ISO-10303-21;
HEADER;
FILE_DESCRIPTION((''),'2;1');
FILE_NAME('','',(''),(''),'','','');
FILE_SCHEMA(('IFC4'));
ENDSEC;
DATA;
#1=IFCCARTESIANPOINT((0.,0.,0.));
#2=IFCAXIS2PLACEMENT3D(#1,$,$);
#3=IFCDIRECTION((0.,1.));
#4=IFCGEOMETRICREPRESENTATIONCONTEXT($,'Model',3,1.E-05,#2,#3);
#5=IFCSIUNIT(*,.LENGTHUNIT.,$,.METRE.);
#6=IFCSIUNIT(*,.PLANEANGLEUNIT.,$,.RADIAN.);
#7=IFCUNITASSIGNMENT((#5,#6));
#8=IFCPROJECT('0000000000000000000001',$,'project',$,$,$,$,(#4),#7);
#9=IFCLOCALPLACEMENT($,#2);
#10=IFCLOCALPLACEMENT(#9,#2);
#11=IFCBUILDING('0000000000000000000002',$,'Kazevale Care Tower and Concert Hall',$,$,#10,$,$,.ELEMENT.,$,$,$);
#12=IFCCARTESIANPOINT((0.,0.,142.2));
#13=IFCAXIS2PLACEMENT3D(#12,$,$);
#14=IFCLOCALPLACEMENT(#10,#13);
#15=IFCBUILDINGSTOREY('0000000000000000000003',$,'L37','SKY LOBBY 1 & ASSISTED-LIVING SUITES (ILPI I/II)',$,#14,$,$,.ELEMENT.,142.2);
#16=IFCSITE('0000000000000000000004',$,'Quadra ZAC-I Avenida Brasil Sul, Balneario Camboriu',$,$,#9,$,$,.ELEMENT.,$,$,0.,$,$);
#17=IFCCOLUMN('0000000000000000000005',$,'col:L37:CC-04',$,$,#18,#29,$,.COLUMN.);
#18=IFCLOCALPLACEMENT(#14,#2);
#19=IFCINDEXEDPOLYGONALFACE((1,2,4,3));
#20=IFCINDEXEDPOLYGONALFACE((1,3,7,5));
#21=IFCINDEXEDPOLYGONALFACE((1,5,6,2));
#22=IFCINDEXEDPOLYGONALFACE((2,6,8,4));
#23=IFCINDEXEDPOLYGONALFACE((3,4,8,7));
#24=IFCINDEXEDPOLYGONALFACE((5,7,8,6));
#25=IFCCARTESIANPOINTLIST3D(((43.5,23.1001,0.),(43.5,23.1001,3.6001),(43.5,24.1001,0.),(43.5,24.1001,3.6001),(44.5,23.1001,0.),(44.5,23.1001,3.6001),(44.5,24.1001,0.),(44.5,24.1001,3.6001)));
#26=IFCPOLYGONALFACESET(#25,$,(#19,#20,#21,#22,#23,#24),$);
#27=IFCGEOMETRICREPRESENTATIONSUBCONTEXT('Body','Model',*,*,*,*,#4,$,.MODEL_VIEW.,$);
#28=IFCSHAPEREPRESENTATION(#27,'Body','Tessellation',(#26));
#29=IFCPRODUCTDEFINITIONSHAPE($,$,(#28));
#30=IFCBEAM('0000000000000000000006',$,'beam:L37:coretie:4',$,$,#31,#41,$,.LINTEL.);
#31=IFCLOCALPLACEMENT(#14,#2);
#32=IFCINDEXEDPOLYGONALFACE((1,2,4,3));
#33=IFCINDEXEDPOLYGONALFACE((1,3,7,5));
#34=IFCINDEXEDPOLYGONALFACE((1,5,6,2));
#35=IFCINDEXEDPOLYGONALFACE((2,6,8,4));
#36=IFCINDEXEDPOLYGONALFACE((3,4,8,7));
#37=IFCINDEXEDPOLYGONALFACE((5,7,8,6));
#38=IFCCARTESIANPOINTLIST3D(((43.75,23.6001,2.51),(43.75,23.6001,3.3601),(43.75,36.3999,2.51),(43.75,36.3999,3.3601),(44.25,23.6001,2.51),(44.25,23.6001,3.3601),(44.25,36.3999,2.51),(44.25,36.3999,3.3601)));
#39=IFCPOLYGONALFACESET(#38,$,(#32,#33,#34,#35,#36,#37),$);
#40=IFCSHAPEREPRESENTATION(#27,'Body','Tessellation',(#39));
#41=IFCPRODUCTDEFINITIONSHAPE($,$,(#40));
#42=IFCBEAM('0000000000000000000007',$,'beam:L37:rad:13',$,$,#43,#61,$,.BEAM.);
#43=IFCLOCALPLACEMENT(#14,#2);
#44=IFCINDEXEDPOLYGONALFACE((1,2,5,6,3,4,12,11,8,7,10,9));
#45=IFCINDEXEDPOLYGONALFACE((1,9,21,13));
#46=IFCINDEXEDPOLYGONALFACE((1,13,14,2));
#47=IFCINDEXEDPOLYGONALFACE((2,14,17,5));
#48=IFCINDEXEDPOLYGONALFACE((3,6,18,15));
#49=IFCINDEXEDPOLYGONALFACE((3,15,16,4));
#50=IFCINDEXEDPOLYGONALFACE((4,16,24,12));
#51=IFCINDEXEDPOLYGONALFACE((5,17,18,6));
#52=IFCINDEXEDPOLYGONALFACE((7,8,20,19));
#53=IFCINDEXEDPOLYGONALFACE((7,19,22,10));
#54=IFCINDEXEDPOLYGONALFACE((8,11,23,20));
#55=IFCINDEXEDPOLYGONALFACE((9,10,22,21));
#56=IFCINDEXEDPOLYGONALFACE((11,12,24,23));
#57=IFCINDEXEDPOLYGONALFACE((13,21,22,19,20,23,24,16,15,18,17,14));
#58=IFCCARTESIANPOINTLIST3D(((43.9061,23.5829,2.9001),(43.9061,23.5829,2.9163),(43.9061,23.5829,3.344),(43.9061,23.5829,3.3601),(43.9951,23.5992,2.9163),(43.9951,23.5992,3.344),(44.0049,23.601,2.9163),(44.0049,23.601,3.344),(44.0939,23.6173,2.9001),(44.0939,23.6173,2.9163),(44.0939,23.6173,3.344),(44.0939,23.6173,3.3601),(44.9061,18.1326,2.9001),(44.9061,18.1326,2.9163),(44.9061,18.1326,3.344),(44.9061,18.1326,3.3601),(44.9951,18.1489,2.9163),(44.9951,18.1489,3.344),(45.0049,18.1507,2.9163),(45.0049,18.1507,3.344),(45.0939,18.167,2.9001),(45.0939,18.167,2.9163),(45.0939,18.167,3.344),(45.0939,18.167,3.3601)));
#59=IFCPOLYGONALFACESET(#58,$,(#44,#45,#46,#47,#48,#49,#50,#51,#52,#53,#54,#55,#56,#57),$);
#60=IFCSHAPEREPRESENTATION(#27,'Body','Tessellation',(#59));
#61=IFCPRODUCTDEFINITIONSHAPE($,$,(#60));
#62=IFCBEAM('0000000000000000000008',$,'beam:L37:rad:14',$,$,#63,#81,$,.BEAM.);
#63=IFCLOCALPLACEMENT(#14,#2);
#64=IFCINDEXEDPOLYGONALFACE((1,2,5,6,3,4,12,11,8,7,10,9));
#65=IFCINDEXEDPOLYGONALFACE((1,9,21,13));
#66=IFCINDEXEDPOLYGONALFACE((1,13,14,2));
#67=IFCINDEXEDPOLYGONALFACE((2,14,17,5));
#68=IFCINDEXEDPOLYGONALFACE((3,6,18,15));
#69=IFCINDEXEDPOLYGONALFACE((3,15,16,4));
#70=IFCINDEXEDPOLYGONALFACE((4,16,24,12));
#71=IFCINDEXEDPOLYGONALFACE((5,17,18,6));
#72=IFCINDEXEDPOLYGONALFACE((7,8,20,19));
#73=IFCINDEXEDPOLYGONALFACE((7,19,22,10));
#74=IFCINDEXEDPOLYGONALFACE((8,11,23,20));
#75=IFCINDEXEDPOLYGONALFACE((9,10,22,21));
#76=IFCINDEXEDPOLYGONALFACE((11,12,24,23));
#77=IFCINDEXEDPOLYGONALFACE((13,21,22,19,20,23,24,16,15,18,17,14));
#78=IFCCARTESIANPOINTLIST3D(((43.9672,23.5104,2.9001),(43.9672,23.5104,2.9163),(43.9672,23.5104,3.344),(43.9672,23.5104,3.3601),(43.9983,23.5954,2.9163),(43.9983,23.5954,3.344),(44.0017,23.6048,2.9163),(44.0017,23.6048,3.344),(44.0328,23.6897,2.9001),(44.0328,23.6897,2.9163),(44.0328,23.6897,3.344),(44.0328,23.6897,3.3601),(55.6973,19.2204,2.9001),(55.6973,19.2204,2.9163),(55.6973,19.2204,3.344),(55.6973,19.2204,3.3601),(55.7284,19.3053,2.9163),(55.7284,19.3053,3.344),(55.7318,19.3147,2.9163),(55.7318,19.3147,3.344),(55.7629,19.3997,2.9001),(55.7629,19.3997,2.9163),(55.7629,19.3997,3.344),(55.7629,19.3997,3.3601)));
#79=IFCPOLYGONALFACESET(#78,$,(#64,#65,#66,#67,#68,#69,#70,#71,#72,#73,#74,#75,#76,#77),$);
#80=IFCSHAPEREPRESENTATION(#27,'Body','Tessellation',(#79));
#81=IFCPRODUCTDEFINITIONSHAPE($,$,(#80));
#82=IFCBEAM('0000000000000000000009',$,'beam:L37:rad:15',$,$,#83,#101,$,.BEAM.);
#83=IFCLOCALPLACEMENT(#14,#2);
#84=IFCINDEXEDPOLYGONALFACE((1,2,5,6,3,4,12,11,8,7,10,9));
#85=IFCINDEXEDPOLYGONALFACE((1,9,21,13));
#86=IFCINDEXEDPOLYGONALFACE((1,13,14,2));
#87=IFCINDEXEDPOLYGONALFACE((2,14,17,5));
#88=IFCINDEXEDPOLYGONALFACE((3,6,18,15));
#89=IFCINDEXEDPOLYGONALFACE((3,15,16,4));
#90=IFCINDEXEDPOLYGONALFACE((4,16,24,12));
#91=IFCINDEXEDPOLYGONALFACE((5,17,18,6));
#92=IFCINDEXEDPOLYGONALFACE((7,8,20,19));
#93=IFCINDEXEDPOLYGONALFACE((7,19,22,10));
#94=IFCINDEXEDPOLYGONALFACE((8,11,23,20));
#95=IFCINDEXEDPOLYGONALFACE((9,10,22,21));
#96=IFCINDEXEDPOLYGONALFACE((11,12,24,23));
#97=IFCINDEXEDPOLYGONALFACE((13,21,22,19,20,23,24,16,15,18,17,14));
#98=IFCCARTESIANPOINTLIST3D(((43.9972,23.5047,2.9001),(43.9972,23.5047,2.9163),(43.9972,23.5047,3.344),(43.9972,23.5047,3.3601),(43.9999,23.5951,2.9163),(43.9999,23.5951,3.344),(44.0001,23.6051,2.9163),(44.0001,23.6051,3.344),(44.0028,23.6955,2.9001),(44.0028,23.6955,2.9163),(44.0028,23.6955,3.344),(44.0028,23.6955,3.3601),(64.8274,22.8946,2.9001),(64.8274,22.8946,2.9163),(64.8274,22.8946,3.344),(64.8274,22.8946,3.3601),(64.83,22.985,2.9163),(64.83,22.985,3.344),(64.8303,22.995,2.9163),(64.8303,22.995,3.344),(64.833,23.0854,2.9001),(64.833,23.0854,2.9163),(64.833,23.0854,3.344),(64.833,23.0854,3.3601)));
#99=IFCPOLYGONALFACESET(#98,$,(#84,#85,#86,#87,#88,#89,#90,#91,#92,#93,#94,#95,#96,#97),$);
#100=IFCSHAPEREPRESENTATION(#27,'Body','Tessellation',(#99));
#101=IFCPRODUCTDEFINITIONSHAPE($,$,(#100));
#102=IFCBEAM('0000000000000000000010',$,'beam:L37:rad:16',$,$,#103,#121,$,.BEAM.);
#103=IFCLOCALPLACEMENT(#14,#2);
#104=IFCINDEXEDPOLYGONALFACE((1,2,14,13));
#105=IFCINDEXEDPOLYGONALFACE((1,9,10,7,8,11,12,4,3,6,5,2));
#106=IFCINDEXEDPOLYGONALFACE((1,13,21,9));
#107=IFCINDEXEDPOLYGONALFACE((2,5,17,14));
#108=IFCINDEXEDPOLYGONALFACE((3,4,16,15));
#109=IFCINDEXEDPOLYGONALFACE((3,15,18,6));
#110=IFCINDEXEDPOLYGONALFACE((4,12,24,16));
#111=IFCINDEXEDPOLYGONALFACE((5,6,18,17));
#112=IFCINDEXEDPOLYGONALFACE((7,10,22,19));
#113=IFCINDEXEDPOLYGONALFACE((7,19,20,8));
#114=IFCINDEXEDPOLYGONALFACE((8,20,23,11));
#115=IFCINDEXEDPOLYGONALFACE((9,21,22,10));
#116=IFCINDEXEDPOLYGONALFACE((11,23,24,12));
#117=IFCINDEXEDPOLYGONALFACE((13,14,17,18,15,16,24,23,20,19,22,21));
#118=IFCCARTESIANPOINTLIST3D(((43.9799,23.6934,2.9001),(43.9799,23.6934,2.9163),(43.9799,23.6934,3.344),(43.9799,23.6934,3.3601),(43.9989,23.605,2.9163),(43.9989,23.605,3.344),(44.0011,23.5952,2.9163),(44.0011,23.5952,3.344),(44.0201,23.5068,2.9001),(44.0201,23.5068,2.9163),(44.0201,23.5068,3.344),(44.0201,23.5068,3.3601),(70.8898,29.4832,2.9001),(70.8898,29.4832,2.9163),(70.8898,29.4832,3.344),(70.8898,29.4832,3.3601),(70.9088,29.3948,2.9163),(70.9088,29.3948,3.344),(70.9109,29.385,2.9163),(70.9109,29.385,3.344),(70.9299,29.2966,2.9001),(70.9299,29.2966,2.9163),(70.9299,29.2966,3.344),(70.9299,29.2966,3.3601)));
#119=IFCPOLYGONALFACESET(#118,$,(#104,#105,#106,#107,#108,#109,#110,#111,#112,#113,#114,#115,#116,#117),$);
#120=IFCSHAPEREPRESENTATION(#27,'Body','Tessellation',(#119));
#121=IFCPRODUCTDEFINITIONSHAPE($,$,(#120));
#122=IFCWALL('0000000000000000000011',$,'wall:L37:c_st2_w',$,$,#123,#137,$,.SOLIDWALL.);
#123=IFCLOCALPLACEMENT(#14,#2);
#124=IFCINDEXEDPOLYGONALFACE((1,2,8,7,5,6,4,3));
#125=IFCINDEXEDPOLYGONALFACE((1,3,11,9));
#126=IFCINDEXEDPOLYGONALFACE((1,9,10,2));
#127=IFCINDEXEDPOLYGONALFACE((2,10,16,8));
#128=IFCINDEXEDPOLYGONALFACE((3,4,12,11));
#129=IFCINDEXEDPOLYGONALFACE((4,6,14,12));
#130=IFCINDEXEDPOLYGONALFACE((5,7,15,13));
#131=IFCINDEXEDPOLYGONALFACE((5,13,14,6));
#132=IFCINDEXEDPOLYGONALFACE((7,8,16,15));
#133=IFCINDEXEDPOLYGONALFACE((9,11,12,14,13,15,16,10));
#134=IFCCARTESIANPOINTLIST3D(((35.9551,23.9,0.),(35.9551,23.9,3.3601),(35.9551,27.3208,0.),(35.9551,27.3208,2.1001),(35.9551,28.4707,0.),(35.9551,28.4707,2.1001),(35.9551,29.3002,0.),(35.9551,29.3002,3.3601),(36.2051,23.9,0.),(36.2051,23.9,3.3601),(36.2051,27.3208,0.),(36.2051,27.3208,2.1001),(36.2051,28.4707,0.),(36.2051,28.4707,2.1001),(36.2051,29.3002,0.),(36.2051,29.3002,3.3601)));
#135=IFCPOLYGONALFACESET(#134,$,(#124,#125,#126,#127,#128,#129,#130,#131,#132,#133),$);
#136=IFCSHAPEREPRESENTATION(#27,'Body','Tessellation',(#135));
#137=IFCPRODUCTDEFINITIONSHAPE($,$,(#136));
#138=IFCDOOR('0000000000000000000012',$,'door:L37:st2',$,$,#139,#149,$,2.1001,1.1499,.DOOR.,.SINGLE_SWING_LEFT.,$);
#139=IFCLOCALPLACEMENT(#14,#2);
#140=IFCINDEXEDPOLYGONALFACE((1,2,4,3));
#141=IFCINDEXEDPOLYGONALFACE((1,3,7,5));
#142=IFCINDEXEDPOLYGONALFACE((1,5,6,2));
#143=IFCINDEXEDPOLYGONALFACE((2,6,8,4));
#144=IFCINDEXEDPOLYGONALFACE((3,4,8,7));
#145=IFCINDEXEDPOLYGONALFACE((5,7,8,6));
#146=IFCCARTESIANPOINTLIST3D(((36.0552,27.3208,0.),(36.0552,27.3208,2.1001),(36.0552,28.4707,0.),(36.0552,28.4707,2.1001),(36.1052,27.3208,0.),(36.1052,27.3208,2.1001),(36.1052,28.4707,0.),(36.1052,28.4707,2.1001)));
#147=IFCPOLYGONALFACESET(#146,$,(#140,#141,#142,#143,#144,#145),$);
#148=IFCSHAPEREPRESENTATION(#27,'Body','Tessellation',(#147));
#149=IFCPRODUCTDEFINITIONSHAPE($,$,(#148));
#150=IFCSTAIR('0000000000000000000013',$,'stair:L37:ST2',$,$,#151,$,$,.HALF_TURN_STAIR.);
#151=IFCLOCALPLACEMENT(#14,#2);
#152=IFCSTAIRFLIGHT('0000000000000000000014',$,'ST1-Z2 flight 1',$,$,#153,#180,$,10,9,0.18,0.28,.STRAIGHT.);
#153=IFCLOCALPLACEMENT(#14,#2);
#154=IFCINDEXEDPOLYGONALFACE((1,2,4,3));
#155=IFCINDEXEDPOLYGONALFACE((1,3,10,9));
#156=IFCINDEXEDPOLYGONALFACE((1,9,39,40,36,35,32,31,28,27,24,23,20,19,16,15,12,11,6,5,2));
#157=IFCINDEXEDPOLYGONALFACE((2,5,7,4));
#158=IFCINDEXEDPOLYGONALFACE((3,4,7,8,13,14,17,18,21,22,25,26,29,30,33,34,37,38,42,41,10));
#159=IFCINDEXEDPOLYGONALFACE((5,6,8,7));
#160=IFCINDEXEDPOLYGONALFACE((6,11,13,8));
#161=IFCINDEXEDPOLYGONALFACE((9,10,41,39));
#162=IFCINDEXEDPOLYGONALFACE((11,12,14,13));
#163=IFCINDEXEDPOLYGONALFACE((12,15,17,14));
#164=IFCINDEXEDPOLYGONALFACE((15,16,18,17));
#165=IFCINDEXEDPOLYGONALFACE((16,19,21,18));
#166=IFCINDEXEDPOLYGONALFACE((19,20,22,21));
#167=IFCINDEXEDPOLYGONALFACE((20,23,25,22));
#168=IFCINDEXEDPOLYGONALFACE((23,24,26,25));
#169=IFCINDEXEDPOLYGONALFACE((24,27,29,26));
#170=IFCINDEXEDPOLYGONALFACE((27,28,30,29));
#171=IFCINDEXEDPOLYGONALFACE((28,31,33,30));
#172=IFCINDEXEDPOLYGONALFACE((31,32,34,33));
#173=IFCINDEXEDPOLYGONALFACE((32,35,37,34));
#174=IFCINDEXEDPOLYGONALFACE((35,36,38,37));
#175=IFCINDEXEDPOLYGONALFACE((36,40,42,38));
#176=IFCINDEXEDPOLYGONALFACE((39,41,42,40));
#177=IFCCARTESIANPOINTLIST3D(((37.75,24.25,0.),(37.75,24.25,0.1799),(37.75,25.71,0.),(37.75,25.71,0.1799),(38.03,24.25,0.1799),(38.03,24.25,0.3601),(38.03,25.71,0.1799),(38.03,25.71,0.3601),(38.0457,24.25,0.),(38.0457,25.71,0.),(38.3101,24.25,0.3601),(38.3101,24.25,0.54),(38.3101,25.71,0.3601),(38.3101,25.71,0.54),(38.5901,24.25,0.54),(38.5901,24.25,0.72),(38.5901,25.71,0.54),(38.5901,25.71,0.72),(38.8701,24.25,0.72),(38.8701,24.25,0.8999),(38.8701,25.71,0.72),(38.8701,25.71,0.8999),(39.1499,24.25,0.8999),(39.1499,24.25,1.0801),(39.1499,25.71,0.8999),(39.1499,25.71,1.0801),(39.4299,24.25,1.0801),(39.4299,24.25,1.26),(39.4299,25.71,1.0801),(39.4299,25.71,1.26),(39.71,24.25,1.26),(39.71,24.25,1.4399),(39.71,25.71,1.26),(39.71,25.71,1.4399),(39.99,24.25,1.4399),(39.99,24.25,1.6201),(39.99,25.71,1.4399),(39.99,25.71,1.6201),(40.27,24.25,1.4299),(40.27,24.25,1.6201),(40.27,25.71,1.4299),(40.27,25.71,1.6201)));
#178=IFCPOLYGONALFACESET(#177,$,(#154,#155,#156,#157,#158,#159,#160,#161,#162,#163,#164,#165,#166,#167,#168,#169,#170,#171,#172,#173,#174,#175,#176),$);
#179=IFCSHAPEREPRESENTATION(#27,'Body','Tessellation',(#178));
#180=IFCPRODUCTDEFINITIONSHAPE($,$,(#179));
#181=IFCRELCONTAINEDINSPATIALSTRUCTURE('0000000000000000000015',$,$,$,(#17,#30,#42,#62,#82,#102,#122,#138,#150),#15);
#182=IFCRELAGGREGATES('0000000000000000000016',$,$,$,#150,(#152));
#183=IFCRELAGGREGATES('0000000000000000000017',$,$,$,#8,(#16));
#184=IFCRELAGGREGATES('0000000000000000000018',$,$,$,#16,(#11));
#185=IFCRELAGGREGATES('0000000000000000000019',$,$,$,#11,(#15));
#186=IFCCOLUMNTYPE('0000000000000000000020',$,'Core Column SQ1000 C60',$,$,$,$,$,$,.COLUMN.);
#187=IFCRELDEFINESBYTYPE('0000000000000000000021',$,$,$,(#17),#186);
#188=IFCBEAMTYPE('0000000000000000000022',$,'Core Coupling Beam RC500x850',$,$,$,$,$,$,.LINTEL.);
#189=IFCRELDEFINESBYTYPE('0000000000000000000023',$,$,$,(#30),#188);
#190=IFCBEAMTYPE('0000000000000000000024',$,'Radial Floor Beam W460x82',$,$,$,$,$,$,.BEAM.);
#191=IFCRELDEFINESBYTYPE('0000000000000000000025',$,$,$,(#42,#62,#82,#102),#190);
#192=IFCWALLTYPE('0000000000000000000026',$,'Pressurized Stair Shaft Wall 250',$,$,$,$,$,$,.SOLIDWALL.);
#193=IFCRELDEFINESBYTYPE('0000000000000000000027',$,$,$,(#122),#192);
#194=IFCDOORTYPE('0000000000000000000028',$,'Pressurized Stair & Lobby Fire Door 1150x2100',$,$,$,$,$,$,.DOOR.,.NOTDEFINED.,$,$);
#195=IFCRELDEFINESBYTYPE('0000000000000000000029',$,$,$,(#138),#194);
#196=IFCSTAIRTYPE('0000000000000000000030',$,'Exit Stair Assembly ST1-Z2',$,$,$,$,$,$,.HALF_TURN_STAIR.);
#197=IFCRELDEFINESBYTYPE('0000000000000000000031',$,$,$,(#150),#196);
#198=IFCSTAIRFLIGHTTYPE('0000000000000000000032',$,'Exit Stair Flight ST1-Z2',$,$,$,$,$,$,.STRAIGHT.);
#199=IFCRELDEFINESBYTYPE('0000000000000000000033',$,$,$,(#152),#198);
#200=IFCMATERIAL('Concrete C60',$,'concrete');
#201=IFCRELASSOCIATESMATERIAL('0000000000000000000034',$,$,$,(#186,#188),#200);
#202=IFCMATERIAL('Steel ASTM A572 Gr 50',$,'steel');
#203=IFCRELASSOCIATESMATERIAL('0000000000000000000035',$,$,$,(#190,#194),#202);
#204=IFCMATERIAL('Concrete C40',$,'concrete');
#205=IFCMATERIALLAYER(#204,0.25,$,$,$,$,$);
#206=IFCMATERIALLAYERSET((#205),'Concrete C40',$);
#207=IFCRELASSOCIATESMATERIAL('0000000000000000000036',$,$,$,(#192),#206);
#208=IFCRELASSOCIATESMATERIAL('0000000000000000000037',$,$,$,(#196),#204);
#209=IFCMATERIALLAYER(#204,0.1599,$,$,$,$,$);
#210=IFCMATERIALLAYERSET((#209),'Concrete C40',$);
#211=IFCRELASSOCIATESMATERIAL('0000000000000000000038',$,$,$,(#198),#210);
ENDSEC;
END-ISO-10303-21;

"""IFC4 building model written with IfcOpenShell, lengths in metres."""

from ifc_helpers import new_model, si_unit, direction, frame, frame_2d, origin, origin_2d, place, context, subcontext, project, spatial, polyline, rectangle, i_section, outline, extrude, material, layer, layer_set, material_profile, profile_set, type_object, element, fill, aggregate, save


model = new_model("IFC4")

# Units and contexts
model_context = context("Model", 3, precision=1e-05, world=origin(), true_north=direction((0.0, 1.0)))
body_context = subcontext(model_context, "Body", "Model", "MODEL_VIEW")
ifc_project = project(units=[si_unit("LENGTHUNIT", "METRE"), si_unit("PLANEANGLEUNIT", "RADIAN")], contexts=[model_context])

# Site, building, storey
site_placement = place(None, origin())
site = spatial("IfcSite", under=ifc_project, at=site_placement, Name="Quadra ZAC-I Avenida Brasil Sul, Balneario Camboriu", CompositionType="ELEMENT", RefElevation=0.0)
building_placement = place(site_placement, origin())
building = spatial("IfcBuilding", under=site, at=building_placement, Name="Kazevale Care Tower and Concert Hall", CompositionType="ELEMENT")
storey_placement = place(building_placement, frame((0.0, 0.0, 142.2)))
storey = spatial("IfcBuildingStorey", under=building, at=storey_placement, Name="L37", Description="SKY LOBBY 1 & ASSISTED-LIVING SUITES (ILPI I/II)", CompositionType="ELEMENT", Elevation=142.2)

# Column
ifc_material_1 = material(Name="Concrete C60", Category="concrete")
ifc_material_profile_1 = material_profile(ifc_material_1, rectangle(XDim=1.0, YDim=1.0, at=origin_2d()), Name="RC-SQ1000")
ifc_profile_set_1 = profile_set([ifc_material_profile_1], Name="Concrete C60")
column_type = type_object("IfcColumnType", Name="Core Column SQ1000 C60", PredefinedType="COLUMN", material=ifc_profile_set_1)
column_placement = place(storey_placement, frame((44.0, 23.6001, 0.0), z_axis=(0.0, 0.0, 1.0), x_axis=(1.0, 0.0, 0.0)))
element("IfcColumn", 1, at=column_placement, inside=storey, type_object=column_type, Name="col:L37:CC-04", PredefinedType="COLUMN", context=body_context, shape_type="SweptSolid", body=[
    extrude(rectangle(XDim=1.0, YDim=1.0, at=origin_2d()), origin(), (0.0, 0.0, 1.0), 3.6001),
])

# Beams
ifc_material_profile_2 = material_profile(ifc_material_1, rectangle(XDim=0.5, YDim=0.8501, at=origin_2d()), Name="RC-B500x850")
ifc_profile_set_2 = profile_set([ifc_material_profile_2], Name="Concrete C60")
beam_type_1 = type_object("IfcBeamType", Name="Core Coupling Beam RC500x850", PredefinedType="LINTEL", material=ifc_profile_set_2)
beam_1_placement = place(storey_placement, frame((44.0, 23.6001, 2.9351), z_axis=(0.0, 1.0, 0.0), x_axis=(-1.0, 0.0, 0.0)))
element("IfcBeam", 2, at=beam_1_placement, inside=storey, type_object=beam_type_1, Name="beam:L37:coretie:4", PredefinedType="LINTEL", context=body_context, shape_type="SweptSolid", body=[
    extrude(rectangle(XDim=0.5, YDim=0.8501, at=origin_2d()), origin(), (0.0, 0.0, 1.0), 12.7998),
])
ifc_material_2 = material(Name="Steel ASTM A572 Gr 50", Category="steel")
ifc_material_profile_3 = material_profile(ifc_material_2, i_section(OverallWidth=0.1909, OverallDepth=0.46, WebThickness=0.01, FlangeThickness=0.0161, at=origin_2d()), Name="W460x82")
ifc_profile_set_3 = profile_set([ifc_material_profile_3], Name="Steel ASTM A572 Gr 50")
beam_type_2 = type_object("IfcBeamType", Name="Radial Floor Beam W460x82", PredefinedType="BEAM", material=ifc_profile_set_3)
beam_2_placement = place(storey_placement, frame((44.0, 23.6001, 3.1301), z_axis=(0.180467, -0.983581, 0.0), x_axis=(0.983581, 0.180467, 0.0)))
element("IfcBeam", 3, at=beam_2_placement, inside=storey, type_object=beam_type_2, Name="beam:L37:rad:13", PredefinedType="BEAM", context=body_context, shape_type="SweptSolid", body=[
    extrude(i_section(OverallWidth=0.1909, OverallDepth=0.46, WebThickness=0.01, FlangeThickness=0.0161, at=origin_2d()), origin(), (0.0, 0.0, 1.0), 5.5413),
])
beam_3_placement = place(storey_placement, frame((44.0, 23.6001, 3.1301), z_axis=(0.939159, -0.343481, 0.0), x_axis=(0.343481, 0.939159, 0.0)))
element("IfcBeam", 4, at=beam_3_placement, inside=storey, type_object=beam_type_2, Name="beam:L37:rad:14", PredefinedType="BEAM", context=body_context, shape_type="SweptSolid", body=[
    extrude(i_section(OverallWidth=0.1909, OverallDepth=0.46, WebThickness=0.01, FlangeThickness=0.0161, at=origin_2d()), origin(), (0.0, 0.0, 1.0), 12.49),
])
beam_4_placement = place(storey_placement, frame((44.0, 23.6001, 3.1301), z_axis=(0.999571, -0.029277, 0.0), x_axis=(0.029277, 0.999571, 0.0)))
element("IfcBeam", 5, at=beam_4_placement, inside=storey, type_object=beam_type_2, Name="beam:L37:rad:15", PredefinedType="BEAM", context=body_context, shape_type="SweptSolid", body=[
    extrude(i_section(OverallWidth=0.1909, OverallDepth=0.46, WebThickness=0.01, FlangeThickness=0.0161, at=origin_2d()), origin(), (0.0, 0.0, 1.0), 20.8391),
])
beam_5_placement = place(storey_placement, frame((44.0, 23.6001, 3.1301), z_axis=(0.977628, 0.210341, 0.0), x_axis=(-0.210341, 0.977628, 0.0)))
element("IfcBeam", 6, at=beam_5_placement, inside=storey, type_object=beam_type_2, Name="beam:L37:rad:16", PredefinedType="BEAM", context=body_context, shape_type="SweptSolid", body=[
    extrude(i_section(OverallWidth=0.1909, OverallDepth=0.46, WebThickness=0.01, FlangeThickness=0.0161, at=origin_2d()), origin(), (0.0, 0.0, 1.0), 27.5256),
])

# Wall, opening, door
ifc_material_3 = material(Name="Concrete C40", Category="concrete")
ifc_layer_1 = layer(ifc_material_3, 0.25)
ifc_layer_set_1 = layer_set([ifc_layer_1], Name="Concrete C40")
wall_type_1 = type_object("IfcWallType", Name="Pressurized Stair Shaft Wall 250", PredefinedType="SOLIDWALL", material=ifc_layer_set_1)
wall_1_placement = place(storey_placement, frame((36.0801, 23.8999, 0.0), z_axis=(0.0, 0.0, 1.0), x_axis=(0.0, 1.0, 0.0)))
wall_1 = element("IfcWall", 7, at=wall_1_placement, inside=storey, type_object=wall_type_1, Name="wall:L37:c_st2_w", PredefinedType="SOLIDWALL", context=body_context, shape_type="SweptSolid", body=[
    extrude(rectangle(XDim=5.4001, YDim=0.25, at=frame_2d((2.7002, 0.0))), origin(), (0.0, 0.0, 1.0), 3.3601),
])
opening_1_placement = place(wall_1_placement, frame((3.4209, 0.0, 0.0)))
opening_1 = element("IfcOpeningElement", 8, at=opening_1_placement, cuts=wall_1, PredefinedType="OPENING", context=body_context, shape_type="SweptSolid", body=[
    extrude(rectangle(XDim=1.1499, YDim=2.1001, at=frame_2d((0.575, 1.05))), frame((0.0, 0.135, 0.0), z_axis=(0.0, -1.0, 0.0), x_axis=(1.0, 0.0, 0.0)), (0.0, 0.0, 1.0), 0.27),
])
door_type_1 = type_object("IfcDoorType", Name="Pressurized Stair & Lobby Fire Door 1150x2100", OperationType="NOTDEFINED", PredefinedType="DOOR", material=ifc_material_2)
door_1_placement = place(opening_1_placement, origin())
door_1 = element("IfcDoor", 9, at=door_1_placement, inside=storey, type_object=door_type_1, Name="door:L37:st2", OperationType="SINGLE_SWING_LEFT", OverallHeight=2.1001, OverallWidth=1.1499, PredefinedType="DOOR", context=body_context, shape_type="SweptSolid", body=[
    extrude(rectangle(XDim=1.1499, YDim=2.1001, at=frame_2d((0.575, 1.05))), frame((0.0, 0.0249, 0.0), z_axis=(0.0, -1.0, 0.0), x_axis=(1.0, 0.0, 0.0)), (0.0, 0.0, 1.0), 0.05),
])
fill(opening_1, door_1)

# Stair, stair flight
stair_type = type_object("IfcStairType", Name="Exit Stair Assembly ST1-Z2", PredefinedType="HALF_TURN_STAIR", material=ifc_material_3)
stair_placement = place(storey_placement, origin())
stair = element("IfcStair", 10, at=stair_placement, inside=storey, type_object=stair_type, Name="stair:L37:ST2", PredefinedType="HALF_TURN_STAIR")
ifc_layer_2 = layer(ifc_material_3, 0.1599)
ifc_layer_set_2 = layer_set([ifc_layer_2], Name="Concrete C40")
stair_flight_type = type_object("IfcStairFlightType", Name="Exit Stair Flight ST1-Z2", PredefinedType="STRAIGHT", material=ifc_layer_set_2)
stair_flight_1_placement = place(storey_placement, frame((37.75, 24.98, 0.0), z_axis=(0.0, 0.0, 1.0), x_axis=(1.0, 0.0, 0.0)))
stair_flight_1 = element("IfcStairFlight", 11, at=stair_flight_1_placement, type_object=stair_flight_type, Name="ST1-Z2 flight 1", NumberOfRisers=10, NumberOfTreads=9, PredefinedType="STRAIGHT", RiserHeight=0.18, TreadLength=0.28, context=body_context, shape_type="SweptSolid", body=[
    extrude(outline(polyline([(0.0, 0.0), (0.0, 0.1799), (0.28, 0.1799), (0.28, 0.3601), (0.5601, 0.3601), (0.5601, 0.54), (0.8401, 0.54), (0.8401, 0.72), (1.1201, 0.72), (1.1201, 0.8999), (1.3999, 0.8999), (1.3999, 1.0801), (1.6799, 1.0801), (1.6799, 1.26), (1.96, 1.26), (1.96, 1.4399), (2.24, 1.4399), (2.24, 1.6201), (2.52, 1.6201), (2.52, 1.8), (2.52, 1.4299), (0.2957, 0.0), (0.0, 0.0)])), frame((0.0, 0.73, 0.0), z_axis=(0.0, -1.0, 0.0), x_axis=(1.0, 0.0, 0.0)), (0.0, 0.0, 1.0), 1.46),
])
aggregate(stair, [stair_flight_1])

save(model, "model.ifc")
